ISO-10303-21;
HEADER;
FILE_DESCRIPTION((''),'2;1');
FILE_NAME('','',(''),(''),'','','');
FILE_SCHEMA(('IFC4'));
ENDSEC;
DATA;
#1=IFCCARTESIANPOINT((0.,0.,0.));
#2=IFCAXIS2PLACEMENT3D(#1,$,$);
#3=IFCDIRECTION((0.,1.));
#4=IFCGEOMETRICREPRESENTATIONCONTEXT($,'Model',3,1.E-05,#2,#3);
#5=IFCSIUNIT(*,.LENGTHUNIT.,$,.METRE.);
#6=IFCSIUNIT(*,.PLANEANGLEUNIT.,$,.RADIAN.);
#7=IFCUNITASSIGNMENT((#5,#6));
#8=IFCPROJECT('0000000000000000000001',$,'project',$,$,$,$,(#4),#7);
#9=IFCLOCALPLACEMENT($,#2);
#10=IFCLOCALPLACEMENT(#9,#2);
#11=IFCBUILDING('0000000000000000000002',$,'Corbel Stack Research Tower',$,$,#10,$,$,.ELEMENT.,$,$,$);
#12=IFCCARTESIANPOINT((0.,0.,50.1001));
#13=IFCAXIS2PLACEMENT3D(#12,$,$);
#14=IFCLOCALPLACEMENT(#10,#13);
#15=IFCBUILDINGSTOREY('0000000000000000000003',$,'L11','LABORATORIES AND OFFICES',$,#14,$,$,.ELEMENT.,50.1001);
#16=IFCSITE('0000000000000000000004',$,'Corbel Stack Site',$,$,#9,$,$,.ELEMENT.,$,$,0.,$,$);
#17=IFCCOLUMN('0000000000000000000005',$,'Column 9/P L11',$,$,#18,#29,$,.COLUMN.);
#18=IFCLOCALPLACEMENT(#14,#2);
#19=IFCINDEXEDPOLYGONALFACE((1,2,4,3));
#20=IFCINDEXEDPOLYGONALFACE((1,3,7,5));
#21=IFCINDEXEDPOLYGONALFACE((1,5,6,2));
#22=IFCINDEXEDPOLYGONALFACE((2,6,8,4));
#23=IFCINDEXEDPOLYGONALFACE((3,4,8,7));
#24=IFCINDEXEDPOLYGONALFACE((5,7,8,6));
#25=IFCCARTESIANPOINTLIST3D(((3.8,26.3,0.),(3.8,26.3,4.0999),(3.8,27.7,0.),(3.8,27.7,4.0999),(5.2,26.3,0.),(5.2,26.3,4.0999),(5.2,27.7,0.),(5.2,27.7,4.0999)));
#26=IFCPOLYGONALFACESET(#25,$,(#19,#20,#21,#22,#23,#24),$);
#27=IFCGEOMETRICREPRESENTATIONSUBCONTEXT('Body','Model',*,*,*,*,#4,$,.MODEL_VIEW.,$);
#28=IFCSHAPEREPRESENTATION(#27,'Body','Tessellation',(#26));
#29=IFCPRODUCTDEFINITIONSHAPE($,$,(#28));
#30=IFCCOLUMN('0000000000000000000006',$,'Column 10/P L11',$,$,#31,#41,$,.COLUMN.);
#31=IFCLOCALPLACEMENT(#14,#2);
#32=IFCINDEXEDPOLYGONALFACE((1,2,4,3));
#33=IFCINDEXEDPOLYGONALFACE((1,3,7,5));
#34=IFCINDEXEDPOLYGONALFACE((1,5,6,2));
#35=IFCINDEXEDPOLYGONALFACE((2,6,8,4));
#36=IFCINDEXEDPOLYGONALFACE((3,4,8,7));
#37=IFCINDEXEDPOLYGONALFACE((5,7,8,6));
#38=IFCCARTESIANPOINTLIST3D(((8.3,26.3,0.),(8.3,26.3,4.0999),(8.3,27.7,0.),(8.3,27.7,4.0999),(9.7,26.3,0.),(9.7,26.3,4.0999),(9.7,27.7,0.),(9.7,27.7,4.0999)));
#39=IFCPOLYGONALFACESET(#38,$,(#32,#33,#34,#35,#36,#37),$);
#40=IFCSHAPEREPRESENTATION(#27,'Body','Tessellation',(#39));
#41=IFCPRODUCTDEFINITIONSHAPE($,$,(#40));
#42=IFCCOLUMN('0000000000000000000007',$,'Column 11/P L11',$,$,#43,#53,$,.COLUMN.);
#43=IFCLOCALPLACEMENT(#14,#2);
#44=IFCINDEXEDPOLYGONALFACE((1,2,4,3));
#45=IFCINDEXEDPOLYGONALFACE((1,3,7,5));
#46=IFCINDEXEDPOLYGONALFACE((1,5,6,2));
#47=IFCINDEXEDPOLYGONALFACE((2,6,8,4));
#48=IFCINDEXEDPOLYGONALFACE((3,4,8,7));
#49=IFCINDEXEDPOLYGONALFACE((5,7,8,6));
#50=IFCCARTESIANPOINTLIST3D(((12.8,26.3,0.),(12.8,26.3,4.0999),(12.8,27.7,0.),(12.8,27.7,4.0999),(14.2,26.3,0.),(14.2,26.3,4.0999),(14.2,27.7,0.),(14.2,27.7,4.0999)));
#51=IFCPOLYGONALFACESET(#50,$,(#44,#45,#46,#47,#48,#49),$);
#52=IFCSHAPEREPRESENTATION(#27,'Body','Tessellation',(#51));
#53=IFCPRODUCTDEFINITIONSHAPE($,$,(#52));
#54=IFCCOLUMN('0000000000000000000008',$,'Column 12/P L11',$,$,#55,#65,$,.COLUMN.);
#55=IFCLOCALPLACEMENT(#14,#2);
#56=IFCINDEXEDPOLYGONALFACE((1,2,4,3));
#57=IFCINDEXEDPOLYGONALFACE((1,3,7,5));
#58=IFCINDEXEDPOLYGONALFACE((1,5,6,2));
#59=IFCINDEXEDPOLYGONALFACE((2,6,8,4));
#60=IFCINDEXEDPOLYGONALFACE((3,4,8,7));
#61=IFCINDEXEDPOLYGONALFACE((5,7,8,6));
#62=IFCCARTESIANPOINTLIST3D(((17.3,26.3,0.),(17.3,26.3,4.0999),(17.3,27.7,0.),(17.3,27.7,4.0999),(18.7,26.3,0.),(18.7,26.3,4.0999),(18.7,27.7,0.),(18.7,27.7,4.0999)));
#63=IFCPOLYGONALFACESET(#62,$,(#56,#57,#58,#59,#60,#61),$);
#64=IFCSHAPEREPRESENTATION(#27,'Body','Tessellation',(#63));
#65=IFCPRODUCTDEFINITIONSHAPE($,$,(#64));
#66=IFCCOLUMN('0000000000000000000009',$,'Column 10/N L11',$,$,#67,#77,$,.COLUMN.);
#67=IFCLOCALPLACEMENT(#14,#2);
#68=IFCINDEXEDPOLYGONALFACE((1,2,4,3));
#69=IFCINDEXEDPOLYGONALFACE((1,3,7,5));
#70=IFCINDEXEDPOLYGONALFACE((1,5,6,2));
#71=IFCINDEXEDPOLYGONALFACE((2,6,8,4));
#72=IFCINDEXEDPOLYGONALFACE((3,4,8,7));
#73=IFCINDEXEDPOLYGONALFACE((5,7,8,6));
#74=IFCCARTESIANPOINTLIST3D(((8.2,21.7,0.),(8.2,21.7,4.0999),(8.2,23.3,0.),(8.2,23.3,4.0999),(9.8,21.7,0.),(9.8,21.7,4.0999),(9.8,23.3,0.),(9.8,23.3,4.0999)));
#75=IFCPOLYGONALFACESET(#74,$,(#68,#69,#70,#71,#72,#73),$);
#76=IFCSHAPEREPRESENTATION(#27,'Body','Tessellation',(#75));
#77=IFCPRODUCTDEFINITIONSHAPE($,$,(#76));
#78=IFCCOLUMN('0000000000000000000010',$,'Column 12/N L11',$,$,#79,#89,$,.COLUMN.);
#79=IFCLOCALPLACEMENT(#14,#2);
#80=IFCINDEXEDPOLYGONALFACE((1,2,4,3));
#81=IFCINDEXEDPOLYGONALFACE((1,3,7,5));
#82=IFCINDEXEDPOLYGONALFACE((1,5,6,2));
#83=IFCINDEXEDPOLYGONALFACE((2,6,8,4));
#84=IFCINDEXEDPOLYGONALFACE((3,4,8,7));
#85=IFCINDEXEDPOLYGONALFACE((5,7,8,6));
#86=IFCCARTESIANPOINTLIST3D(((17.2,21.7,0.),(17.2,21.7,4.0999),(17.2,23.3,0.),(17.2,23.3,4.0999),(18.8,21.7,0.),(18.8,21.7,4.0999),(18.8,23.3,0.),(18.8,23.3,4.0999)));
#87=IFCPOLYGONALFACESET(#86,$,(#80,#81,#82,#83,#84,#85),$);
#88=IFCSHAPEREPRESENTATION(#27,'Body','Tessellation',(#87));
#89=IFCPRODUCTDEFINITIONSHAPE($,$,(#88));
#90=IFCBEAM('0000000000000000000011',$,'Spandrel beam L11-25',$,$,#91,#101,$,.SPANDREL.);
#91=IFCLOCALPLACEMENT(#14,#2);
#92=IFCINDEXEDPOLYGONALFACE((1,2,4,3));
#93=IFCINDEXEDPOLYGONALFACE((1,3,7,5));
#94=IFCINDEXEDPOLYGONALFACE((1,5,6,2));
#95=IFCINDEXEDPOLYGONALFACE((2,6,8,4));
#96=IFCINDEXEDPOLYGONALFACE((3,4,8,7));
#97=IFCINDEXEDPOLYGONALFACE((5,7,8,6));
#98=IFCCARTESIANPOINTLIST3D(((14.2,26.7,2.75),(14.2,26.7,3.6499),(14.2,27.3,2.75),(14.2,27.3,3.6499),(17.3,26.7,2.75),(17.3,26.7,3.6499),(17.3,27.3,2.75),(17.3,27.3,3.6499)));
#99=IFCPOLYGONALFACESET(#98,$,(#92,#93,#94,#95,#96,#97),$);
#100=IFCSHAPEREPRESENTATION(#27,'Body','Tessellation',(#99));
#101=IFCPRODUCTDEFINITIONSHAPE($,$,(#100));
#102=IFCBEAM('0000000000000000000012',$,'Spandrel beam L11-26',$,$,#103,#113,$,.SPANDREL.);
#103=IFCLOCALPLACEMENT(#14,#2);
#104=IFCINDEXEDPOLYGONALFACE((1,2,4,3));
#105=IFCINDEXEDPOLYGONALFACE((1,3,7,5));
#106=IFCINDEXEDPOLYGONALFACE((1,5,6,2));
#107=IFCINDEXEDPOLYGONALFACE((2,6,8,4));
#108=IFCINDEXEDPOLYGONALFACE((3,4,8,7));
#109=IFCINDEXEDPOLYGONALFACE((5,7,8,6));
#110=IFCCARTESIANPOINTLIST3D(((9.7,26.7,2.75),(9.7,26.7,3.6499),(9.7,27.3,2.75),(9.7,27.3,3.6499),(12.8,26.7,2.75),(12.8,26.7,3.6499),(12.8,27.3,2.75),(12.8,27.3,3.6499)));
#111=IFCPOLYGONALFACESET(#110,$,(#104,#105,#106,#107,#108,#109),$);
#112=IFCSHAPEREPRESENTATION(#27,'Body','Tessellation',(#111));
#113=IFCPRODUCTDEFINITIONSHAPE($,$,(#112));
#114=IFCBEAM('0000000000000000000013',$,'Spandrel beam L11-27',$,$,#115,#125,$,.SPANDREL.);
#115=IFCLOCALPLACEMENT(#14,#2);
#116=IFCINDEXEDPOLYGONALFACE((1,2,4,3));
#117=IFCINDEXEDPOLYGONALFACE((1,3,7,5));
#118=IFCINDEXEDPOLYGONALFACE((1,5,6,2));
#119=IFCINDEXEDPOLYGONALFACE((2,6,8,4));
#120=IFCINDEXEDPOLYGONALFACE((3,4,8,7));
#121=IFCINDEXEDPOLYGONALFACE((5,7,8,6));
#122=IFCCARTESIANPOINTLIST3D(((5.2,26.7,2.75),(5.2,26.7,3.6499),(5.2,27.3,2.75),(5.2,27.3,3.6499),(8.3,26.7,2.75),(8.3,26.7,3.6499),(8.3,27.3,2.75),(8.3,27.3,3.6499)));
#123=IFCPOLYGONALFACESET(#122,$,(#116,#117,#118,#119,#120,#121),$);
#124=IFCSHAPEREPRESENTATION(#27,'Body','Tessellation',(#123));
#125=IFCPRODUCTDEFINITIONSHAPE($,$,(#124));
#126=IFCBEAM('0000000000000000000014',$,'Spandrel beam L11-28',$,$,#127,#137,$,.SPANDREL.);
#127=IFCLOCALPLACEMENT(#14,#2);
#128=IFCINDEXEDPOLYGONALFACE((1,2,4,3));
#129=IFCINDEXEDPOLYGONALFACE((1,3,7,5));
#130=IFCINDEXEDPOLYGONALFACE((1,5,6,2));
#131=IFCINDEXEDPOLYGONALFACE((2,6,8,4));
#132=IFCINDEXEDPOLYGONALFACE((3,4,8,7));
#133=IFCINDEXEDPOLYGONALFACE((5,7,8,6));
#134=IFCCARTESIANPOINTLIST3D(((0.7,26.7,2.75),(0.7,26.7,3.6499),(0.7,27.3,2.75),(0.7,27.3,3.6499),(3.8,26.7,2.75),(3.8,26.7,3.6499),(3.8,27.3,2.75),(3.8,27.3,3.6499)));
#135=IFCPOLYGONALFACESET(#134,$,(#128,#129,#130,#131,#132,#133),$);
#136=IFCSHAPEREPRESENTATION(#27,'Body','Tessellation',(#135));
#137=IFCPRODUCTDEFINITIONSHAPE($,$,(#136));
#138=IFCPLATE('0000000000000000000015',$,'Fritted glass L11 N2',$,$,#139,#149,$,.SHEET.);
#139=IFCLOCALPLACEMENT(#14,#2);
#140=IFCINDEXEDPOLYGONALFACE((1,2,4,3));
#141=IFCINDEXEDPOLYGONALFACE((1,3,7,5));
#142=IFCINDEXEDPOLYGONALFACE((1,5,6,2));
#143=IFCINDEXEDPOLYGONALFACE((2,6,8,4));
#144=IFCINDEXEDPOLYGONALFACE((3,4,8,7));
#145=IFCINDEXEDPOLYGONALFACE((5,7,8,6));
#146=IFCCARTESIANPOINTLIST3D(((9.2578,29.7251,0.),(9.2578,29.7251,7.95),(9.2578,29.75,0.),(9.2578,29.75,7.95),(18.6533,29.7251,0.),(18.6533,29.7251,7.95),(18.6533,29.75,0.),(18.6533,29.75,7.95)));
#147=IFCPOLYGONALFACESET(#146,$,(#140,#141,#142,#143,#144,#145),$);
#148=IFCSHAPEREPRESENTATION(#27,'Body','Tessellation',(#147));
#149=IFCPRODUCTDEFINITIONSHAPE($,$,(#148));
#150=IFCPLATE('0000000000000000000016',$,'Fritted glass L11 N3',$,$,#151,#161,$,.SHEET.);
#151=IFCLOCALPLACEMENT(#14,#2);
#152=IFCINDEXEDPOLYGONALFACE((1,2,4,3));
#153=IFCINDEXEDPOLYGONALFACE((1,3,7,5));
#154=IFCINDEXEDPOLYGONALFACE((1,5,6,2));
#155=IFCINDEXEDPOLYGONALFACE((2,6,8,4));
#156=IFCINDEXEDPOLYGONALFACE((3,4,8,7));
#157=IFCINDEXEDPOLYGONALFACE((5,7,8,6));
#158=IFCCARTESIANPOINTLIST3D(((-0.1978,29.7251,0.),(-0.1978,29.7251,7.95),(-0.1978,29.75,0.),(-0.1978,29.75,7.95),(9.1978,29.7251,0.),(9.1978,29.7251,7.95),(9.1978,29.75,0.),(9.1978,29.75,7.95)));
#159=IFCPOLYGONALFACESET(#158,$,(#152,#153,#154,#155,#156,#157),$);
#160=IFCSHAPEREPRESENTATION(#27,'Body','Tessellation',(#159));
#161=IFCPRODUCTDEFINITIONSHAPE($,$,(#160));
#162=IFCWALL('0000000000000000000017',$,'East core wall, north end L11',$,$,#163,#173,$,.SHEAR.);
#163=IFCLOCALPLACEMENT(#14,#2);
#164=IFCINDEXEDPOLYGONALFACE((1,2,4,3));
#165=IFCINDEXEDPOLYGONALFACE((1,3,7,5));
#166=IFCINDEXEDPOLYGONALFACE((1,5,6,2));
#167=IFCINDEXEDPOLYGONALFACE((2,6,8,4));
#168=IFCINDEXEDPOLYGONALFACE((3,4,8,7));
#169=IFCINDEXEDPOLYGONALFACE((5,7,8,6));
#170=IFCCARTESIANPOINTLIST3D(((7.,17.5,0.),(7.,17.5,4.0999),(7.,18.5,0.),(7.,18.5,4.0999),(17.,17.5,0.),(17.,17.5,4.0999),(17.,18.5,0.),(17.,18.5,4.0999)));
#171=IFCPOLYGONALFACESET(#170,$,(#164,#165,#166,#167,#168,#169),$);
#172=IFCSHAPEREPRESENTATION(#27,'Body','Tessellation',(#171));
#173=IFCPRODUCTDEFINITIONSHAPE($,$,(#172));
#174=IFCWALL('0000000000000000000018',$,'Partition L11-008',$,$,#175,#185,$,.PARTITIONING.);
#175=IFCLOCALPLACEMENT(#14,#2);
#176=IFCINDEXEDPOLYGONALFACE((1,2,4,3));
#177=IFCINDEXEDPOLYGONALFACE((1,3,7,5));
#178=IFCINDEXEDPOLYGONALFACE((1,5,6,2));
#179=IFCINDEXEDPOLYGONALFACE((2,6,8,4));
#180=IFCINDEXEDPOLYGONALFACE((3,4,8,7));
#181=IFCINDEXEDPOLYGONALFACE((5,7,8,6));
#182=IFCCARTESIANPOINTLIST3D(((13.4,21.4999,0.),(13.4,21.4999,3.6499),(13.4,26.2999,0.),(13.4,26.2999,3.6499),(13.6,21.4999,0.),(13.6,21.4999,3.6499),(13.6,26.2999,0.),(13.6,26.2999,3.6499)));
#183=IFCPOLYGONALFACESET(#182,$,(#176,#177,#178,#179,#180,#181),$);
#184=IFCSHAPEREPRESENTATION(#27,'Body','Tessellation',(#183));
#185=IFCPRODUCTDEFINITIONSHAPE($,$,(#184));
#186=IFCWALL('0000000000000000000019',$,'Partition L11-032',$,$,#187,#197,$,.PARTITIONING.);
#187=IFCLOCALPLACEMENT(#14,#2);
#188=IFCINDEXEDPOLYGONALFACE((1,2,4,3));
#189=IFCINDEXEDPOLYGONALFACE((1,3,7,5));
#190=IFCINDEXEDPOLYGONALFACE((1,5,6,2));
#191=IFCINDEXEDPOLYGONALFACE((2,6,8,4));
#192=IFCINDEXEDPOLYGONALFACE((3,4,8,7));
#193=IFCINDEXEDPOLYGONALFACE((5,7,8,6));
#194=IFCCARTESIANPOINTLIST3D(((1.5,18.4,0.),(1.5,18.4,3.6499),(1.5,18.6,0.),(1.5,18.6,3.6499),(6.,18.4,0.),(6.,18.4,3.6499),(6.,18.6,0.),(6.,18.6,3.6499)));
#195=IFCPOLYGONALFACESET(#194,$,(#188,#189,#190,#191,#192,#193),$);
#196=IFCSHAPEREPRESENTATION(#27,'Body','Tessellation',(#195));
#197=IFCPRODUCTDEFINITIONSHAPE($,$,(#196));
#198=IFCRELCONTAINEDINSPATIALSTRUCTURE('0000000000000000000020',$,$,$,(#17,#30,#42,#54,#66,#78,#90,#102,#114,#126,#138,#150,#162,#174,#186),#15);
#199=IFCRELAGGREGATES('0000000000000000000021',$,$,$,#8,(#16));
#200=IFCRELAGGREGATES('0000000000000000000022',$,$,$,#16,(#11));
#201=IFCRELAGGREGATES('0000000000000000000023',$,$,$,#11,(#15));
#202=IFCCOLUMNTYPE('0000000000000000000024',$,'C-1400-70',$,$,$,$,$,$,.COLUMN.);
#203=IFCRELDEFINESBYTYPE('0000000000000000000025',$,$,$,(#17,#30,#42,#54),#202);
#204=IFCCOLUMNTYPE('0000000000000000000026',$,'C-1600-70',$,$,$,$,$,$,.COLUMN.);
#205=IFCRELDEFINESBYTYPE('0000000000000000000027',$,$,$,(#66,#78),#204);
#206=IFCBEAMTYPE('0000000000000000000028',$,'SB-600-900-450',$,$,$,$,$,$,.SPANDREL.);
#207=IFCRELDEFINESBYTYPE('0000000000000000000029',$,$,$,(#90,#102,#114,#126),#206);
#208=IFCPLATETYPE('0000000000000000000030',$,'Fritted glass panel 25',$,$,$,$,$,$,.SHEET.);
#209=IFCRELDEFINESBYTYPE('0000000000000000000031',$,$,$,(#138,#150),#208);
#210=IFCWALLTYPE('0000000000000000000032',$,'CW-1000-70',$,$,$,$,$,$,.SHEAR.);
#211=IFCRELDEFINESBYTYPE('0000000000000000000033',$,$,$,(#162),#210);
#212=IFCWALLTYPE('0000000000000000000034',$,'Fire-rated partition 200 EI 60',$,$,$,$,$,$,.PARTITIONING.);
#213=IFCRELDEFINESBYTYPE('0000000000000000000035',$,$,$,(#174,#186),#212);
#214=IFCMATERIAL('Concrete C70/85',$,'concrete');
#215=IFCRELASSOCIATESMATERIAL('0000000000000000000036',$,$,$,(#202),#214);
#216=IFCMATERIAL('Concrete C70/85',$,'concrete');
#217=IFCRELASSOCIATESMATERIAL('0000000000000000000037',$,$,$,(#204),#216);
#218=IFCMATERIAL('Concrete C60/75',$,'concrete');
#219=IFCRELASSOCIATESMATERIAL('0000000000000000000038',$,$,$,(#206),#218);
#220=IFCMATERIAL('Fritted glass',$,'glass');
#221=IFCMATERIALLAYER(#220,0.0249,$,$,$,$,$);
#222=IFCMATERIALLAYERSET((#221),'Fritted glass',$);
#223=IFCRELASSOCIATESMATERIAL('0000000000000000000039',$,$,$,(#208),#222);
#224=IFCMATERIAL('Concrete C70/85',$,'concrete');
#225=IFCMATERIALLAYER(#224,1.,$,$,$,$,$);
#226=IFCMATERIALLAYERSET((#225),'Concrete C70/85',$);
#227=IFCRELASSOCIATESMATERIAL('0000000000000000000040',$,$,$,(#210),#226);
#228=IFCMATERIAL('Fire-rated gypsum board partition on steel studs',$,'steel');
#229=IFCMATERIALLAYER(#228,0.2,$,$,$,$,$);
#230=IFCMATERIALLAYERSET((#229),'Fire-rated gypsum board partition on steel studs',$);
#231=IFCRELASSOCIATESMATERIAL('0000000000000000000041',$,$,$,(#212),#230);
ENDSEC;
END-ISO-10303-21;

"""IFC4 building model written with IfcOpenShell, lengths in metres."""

from ifc_helpers import new_model, si_unit, direction, frame, frame_2d, origin, origin_2d, place, context, subcontext, project, spatial, rectangle, extrude, material, layer, layer_set, material_profile, profile_set, type_object, element, save


model = new_model("IFC4")

# Units and contexts
model_context = context("Model", 3, precision=1e-05, world=origin(), true_north=direction((0.0, 1.0)))
body_context = subcontext(model_context, "Body", "Model", "MODEL_VIEW")
ifc_project = project(units=[si_unit("LENGTHUNIT", "METRE"), si_unit("PLANEANGLEUNIT", "RADIAN")], contexts=[model_context])

# Site, building, storey
site_placement = place(None, origin())
site = spatial("IfcSite", under=ifc_project, at=site_placement, Name="Corbel Stack Site", CompositionType="ELEMENT", RefElevation=0.0)
building_placement = place(site_placement, origin())
building = spatial("IfcBuilding", under=site, at=building_placement, Name="Corbel Stack Research Tower", CompositionType="ELEMENT")
storey_placement = place(building_placement, frame((0.0, 0.0, 50.1001)))
storey = spatial("IfcBuildingStorey", under=building, at=storey_placement, Name="L11", Description="LABORATORIES AND OFFICES", CompositionType="ELEMENT", Elevation=50.1001)

# Columns
ifc_material_1 = material(Name="Concrete C70/85", Category="concrete")
ifc_material_profile_1 = material_profile(ifc_material_1, rectangle(XDim=1.3999, YDim=1.3999, at=origin_2d()), Name="RC 1400 x 1400")
ifc_profile_set_1 = profile_set([ifc_material_profile_1], Name="Concrete C70/85")
column_type_1 = type_object("IfcColumnType", Name="C-1400-70", PredefinedType="COLUMN", material=ifc_profile_set_1)
for number, where, z_axis, x_axis, name in (
    (1, (4.5, 27.0, 0.0), (0.0, 0.0, 1.0), (1.0, 0.0, 0.0), "Column 9/P L11"),
    (2, (9.0, 27.0, 0.0), (0.0, 0.0, 1.0), (1.0, 0.0, 0.0), "Column 10/P L11"),
    (3, (13.5, 27.0, 0.0), (0.0, 0.0, 1.0), (1.0, 0.0, 0.0), "Column 11/P L11"),
    (4, (18.0, 27.0, 0.0), (0.0, 0.0, 1.0), (1.0, 0.0, 0.0), "Column 12/P L11"),
):
    element("IfcColumn", number, at=place(storey_placement, frame(where, z_axis=z_axis, x_axis=x_axis)), inside=storey, type_object=column_type_1, Name=name, PredefinedType="COLUMN", context=body_context, shape_type="SweptSolid", body=[
        extrude(rectangle(XDim=1.3999, YDim=1.3999, at=origin_2d()), origin(), (0.0, 0.0, 1.0), 4.0999),
    ])
ifc_material_2 = material(Name="Concrete C70/85", Category="concrete")
ifc_material_profile_2 = material_profile(ifc_material_2, rectangle(XDim=1.6001, YDim=1.6001, at=origin_2d()), Name="RC 1600 x 1600")
ifc_profile_set_2 = profile_set([ifc_material_profile_2], Name="Concrete C70/85")
column_type_2 = type_object("IfcColumnType", Name="C-1600-70", PredefinedType="COLUMN", material=ifc_profile_set_2)
for number, where, z_axis, x_axis, name in (
    (5, (9.0, 22.5, 0.0), (0.0, 0.0, 1.0), (1.0, 0.0, 0.0), "Column 10/N L11"),
    (6, (18.0, 22.5, 0.0), (0.0, 0.0, 1.0), (1.0, 0.0, 0.0), "Column 12/N L11"),
):
    element("IfcColumn", number, at=place(storey_placement, frame(where, z_axis=z_axis, x_axis=x_axis)), inside=storey, type_object=column_type_2, Name=name, PredefinedType="COLUMN", context=body_context, shape_type="SweptSolid", body=[
        extrude(rectangle(XDim=1.6001, YDim=1.6001, at=origin_2d()), origin(), (0.0, 0.0, 1.0), 4.0999),
    ])

# Beams
ifc_material_3 = material(Name="Concrete C60/75", Category="concrete")
ifc_material_profile_3 = material_profile(ifc_material_3, rectangle(XDim=0.6001, YDim=0.8999, at=origin_2d()), Name="RC 600 x 900")
ifc_profile_set_3 = profile_set([ifc_material_profile_3], Name="Concrete C60/75")
beam_type = type_object("IfcBeamType", Name="SB-600-900-450", PredefinedType="SPANDREL", material=ifc_profile_set_3)
for number, where, z_axis, x_axis, name in (
    (7, (17.3, 27.0, 3.2), (-1.0, 0.0, 0.0), (0.0, -1.0, 0.0), "Spandrel beam L11-25"),
    (8, (12.8, 27.0, 3.2), (-1.0, 0.0, 0.0), (0.0, -1.0, 0.0), "Spandrel beam L11-26"),
    (9, (8.3, 27.0, 3.2), (-1.0, 0.0, 0.0), (0.0, -1.0, 0.0), "Spandrel beam L11-27"),
    (10, (3.8, 27.0, 3.2), (-1.0, 0.0, 0.0), (0.0, -1.0, 0.0), "Spandrel beam L11-28"),
):
    element("IfcBeam", number, at=place(storey_placement, frame(where, z_axis=z_axis, x_axis=x_axis)), inside=storey, type_object=beam_type, Name=name, PredefinedType="SPANDREL", context=body_context, shape_type="SweptSolid", body=[
        extrude(rectangle(XDim=0.6001, YDim=0.8999, at=origin_2d()), origin(), (0.0, 0.0, 1.0), 3.1001),
    ])

# Plates
ifc_material_4 = material(Name="Fritted glass", Category="glass")
ifc_layer_1 = layer(ifc_material_4, 0.0249)
ifc_layer_set_1 = layer_set([ifc_layer_1], Name="Fritted glass")
plate_type = type_object("IfcPlateType", Name="Fritted glass panel 25", PredefinedType="SHEET", material=ifc_layer_set_1)
for number, where, z_axis, x_axis, name in (
    (11, (13.9556, 29.7375, 0.0), (0.0, 0.0, 1.0), (-1.0, 0.0, 0.0), "Fritted glass L11 N2"),
    (12, (4.5, 29.7375, 0.0), (0.0, 0.0, 1.0), (-1.0, 0.0, 0.0), "Fritted glass L11 N3"),
):
    element("IfcPlate", number, at=place(storey_placement, frame(where, z_axis=z_axis, x_axis=x_axis)), inside=storey, type_object=plate_type, Name=name, PredefinedType="SHEET", context=body_context, shape_type="SweptSolid", body=[
        extrude(rectangle(XDim=9.3955, YDim=0.0249, at=origin_2d()), origin(), (0.0, 0.0, 1.0), 7.95),
    ])

# Walls
ifc_material_5 = material(Name="Concrete C70/85", Category="concrete")
ifc_layer_2 = layer(ifc_material_5, 1.0)
ifc_layer_set_2 = layer_set([ifc_layer_2], Name="Concrete C70/85")
wall_type_1 = type_object("IfcWallType", Name="CW-1000-70", PredefinedType="SHEAR", material=ifc_layer_set_2)
wall_1_placement = place(storey_placement, frame((7.0, 18.0, 0.0), z_axis=(0.0, 0.0, 1.0), x_axis=(1.0, 0.0, 0.0)))
element("IfcWall", 13, at=wall_1_placement, inside=storey, type_object=wall_type_1, Name="East core wall, north end L11", PredefinedType="SHEAR", context=body_context, shape_type="SweptSolid", body=[
    extrude(rectangle(XDim=10.0, YDim=1.0, at=frame_2d((5.0, 0.0))), origin(), (0.0, 0.0, 1.0), 4.0999),
])
ifc_material_6 = material(Name="Fire-rated gypsum board partition on steel studs", Category="steel")
ifc_layer_3 = layer(ifc_material_6, 0.2)
ifc_layer_set_3 = layer_set([ifc_layer_3], Name="Fire-rated gypsum board partition on steel studs")
wall_type_2 = type_object("IfcWallType", Name="Fire-rated partition 200 EI 60", PredefinedType="PARTITIONING", material=ifc_layer_set_3)
wall_2_placement = place(storey_placement, frame((13.5, 21.5, 0.0), z_axis=(0.0, 0.0, 1.0), x_axis=(0.0, 1.0, 0.0)))
element("IfcWall", 14, at=wall_2_placement, inside=storey, type_object=wall_type_2, Name="Partition L11-008", PredefinedType="PARTITIONING", context=body_context, shape_type="SweptSolid", body=[
    extrude(rectangle(XDim=4.8, YDim=0.2, at=frame_2d((2.3999, 0.0))), origin(), (0.0, 0.0, 1.0), 3.6499),
])
wall_3_placement = place(storey_placement, frame((1.5, 18.5, 0.0), z_axis=(0.0, 0.0, 1.0), x_axis=(1.0, 0.0, 0.0)))
element("IfcWall", 15, at=wall_3_placement, inside=storey, type_object=wall_type_2, Name="Partition L11-032", PredefinedType="PARTITIONING", context=body_context, shape_type="SweptSolid", body=[
    extrude(rectangle(XDim=4.5, YDim=0.2, at=frame_2d((2.25, 0.0))), origin(), (0.0, 0.0, 1.0), 3.6499),
])

save(model, "model.ifc")
